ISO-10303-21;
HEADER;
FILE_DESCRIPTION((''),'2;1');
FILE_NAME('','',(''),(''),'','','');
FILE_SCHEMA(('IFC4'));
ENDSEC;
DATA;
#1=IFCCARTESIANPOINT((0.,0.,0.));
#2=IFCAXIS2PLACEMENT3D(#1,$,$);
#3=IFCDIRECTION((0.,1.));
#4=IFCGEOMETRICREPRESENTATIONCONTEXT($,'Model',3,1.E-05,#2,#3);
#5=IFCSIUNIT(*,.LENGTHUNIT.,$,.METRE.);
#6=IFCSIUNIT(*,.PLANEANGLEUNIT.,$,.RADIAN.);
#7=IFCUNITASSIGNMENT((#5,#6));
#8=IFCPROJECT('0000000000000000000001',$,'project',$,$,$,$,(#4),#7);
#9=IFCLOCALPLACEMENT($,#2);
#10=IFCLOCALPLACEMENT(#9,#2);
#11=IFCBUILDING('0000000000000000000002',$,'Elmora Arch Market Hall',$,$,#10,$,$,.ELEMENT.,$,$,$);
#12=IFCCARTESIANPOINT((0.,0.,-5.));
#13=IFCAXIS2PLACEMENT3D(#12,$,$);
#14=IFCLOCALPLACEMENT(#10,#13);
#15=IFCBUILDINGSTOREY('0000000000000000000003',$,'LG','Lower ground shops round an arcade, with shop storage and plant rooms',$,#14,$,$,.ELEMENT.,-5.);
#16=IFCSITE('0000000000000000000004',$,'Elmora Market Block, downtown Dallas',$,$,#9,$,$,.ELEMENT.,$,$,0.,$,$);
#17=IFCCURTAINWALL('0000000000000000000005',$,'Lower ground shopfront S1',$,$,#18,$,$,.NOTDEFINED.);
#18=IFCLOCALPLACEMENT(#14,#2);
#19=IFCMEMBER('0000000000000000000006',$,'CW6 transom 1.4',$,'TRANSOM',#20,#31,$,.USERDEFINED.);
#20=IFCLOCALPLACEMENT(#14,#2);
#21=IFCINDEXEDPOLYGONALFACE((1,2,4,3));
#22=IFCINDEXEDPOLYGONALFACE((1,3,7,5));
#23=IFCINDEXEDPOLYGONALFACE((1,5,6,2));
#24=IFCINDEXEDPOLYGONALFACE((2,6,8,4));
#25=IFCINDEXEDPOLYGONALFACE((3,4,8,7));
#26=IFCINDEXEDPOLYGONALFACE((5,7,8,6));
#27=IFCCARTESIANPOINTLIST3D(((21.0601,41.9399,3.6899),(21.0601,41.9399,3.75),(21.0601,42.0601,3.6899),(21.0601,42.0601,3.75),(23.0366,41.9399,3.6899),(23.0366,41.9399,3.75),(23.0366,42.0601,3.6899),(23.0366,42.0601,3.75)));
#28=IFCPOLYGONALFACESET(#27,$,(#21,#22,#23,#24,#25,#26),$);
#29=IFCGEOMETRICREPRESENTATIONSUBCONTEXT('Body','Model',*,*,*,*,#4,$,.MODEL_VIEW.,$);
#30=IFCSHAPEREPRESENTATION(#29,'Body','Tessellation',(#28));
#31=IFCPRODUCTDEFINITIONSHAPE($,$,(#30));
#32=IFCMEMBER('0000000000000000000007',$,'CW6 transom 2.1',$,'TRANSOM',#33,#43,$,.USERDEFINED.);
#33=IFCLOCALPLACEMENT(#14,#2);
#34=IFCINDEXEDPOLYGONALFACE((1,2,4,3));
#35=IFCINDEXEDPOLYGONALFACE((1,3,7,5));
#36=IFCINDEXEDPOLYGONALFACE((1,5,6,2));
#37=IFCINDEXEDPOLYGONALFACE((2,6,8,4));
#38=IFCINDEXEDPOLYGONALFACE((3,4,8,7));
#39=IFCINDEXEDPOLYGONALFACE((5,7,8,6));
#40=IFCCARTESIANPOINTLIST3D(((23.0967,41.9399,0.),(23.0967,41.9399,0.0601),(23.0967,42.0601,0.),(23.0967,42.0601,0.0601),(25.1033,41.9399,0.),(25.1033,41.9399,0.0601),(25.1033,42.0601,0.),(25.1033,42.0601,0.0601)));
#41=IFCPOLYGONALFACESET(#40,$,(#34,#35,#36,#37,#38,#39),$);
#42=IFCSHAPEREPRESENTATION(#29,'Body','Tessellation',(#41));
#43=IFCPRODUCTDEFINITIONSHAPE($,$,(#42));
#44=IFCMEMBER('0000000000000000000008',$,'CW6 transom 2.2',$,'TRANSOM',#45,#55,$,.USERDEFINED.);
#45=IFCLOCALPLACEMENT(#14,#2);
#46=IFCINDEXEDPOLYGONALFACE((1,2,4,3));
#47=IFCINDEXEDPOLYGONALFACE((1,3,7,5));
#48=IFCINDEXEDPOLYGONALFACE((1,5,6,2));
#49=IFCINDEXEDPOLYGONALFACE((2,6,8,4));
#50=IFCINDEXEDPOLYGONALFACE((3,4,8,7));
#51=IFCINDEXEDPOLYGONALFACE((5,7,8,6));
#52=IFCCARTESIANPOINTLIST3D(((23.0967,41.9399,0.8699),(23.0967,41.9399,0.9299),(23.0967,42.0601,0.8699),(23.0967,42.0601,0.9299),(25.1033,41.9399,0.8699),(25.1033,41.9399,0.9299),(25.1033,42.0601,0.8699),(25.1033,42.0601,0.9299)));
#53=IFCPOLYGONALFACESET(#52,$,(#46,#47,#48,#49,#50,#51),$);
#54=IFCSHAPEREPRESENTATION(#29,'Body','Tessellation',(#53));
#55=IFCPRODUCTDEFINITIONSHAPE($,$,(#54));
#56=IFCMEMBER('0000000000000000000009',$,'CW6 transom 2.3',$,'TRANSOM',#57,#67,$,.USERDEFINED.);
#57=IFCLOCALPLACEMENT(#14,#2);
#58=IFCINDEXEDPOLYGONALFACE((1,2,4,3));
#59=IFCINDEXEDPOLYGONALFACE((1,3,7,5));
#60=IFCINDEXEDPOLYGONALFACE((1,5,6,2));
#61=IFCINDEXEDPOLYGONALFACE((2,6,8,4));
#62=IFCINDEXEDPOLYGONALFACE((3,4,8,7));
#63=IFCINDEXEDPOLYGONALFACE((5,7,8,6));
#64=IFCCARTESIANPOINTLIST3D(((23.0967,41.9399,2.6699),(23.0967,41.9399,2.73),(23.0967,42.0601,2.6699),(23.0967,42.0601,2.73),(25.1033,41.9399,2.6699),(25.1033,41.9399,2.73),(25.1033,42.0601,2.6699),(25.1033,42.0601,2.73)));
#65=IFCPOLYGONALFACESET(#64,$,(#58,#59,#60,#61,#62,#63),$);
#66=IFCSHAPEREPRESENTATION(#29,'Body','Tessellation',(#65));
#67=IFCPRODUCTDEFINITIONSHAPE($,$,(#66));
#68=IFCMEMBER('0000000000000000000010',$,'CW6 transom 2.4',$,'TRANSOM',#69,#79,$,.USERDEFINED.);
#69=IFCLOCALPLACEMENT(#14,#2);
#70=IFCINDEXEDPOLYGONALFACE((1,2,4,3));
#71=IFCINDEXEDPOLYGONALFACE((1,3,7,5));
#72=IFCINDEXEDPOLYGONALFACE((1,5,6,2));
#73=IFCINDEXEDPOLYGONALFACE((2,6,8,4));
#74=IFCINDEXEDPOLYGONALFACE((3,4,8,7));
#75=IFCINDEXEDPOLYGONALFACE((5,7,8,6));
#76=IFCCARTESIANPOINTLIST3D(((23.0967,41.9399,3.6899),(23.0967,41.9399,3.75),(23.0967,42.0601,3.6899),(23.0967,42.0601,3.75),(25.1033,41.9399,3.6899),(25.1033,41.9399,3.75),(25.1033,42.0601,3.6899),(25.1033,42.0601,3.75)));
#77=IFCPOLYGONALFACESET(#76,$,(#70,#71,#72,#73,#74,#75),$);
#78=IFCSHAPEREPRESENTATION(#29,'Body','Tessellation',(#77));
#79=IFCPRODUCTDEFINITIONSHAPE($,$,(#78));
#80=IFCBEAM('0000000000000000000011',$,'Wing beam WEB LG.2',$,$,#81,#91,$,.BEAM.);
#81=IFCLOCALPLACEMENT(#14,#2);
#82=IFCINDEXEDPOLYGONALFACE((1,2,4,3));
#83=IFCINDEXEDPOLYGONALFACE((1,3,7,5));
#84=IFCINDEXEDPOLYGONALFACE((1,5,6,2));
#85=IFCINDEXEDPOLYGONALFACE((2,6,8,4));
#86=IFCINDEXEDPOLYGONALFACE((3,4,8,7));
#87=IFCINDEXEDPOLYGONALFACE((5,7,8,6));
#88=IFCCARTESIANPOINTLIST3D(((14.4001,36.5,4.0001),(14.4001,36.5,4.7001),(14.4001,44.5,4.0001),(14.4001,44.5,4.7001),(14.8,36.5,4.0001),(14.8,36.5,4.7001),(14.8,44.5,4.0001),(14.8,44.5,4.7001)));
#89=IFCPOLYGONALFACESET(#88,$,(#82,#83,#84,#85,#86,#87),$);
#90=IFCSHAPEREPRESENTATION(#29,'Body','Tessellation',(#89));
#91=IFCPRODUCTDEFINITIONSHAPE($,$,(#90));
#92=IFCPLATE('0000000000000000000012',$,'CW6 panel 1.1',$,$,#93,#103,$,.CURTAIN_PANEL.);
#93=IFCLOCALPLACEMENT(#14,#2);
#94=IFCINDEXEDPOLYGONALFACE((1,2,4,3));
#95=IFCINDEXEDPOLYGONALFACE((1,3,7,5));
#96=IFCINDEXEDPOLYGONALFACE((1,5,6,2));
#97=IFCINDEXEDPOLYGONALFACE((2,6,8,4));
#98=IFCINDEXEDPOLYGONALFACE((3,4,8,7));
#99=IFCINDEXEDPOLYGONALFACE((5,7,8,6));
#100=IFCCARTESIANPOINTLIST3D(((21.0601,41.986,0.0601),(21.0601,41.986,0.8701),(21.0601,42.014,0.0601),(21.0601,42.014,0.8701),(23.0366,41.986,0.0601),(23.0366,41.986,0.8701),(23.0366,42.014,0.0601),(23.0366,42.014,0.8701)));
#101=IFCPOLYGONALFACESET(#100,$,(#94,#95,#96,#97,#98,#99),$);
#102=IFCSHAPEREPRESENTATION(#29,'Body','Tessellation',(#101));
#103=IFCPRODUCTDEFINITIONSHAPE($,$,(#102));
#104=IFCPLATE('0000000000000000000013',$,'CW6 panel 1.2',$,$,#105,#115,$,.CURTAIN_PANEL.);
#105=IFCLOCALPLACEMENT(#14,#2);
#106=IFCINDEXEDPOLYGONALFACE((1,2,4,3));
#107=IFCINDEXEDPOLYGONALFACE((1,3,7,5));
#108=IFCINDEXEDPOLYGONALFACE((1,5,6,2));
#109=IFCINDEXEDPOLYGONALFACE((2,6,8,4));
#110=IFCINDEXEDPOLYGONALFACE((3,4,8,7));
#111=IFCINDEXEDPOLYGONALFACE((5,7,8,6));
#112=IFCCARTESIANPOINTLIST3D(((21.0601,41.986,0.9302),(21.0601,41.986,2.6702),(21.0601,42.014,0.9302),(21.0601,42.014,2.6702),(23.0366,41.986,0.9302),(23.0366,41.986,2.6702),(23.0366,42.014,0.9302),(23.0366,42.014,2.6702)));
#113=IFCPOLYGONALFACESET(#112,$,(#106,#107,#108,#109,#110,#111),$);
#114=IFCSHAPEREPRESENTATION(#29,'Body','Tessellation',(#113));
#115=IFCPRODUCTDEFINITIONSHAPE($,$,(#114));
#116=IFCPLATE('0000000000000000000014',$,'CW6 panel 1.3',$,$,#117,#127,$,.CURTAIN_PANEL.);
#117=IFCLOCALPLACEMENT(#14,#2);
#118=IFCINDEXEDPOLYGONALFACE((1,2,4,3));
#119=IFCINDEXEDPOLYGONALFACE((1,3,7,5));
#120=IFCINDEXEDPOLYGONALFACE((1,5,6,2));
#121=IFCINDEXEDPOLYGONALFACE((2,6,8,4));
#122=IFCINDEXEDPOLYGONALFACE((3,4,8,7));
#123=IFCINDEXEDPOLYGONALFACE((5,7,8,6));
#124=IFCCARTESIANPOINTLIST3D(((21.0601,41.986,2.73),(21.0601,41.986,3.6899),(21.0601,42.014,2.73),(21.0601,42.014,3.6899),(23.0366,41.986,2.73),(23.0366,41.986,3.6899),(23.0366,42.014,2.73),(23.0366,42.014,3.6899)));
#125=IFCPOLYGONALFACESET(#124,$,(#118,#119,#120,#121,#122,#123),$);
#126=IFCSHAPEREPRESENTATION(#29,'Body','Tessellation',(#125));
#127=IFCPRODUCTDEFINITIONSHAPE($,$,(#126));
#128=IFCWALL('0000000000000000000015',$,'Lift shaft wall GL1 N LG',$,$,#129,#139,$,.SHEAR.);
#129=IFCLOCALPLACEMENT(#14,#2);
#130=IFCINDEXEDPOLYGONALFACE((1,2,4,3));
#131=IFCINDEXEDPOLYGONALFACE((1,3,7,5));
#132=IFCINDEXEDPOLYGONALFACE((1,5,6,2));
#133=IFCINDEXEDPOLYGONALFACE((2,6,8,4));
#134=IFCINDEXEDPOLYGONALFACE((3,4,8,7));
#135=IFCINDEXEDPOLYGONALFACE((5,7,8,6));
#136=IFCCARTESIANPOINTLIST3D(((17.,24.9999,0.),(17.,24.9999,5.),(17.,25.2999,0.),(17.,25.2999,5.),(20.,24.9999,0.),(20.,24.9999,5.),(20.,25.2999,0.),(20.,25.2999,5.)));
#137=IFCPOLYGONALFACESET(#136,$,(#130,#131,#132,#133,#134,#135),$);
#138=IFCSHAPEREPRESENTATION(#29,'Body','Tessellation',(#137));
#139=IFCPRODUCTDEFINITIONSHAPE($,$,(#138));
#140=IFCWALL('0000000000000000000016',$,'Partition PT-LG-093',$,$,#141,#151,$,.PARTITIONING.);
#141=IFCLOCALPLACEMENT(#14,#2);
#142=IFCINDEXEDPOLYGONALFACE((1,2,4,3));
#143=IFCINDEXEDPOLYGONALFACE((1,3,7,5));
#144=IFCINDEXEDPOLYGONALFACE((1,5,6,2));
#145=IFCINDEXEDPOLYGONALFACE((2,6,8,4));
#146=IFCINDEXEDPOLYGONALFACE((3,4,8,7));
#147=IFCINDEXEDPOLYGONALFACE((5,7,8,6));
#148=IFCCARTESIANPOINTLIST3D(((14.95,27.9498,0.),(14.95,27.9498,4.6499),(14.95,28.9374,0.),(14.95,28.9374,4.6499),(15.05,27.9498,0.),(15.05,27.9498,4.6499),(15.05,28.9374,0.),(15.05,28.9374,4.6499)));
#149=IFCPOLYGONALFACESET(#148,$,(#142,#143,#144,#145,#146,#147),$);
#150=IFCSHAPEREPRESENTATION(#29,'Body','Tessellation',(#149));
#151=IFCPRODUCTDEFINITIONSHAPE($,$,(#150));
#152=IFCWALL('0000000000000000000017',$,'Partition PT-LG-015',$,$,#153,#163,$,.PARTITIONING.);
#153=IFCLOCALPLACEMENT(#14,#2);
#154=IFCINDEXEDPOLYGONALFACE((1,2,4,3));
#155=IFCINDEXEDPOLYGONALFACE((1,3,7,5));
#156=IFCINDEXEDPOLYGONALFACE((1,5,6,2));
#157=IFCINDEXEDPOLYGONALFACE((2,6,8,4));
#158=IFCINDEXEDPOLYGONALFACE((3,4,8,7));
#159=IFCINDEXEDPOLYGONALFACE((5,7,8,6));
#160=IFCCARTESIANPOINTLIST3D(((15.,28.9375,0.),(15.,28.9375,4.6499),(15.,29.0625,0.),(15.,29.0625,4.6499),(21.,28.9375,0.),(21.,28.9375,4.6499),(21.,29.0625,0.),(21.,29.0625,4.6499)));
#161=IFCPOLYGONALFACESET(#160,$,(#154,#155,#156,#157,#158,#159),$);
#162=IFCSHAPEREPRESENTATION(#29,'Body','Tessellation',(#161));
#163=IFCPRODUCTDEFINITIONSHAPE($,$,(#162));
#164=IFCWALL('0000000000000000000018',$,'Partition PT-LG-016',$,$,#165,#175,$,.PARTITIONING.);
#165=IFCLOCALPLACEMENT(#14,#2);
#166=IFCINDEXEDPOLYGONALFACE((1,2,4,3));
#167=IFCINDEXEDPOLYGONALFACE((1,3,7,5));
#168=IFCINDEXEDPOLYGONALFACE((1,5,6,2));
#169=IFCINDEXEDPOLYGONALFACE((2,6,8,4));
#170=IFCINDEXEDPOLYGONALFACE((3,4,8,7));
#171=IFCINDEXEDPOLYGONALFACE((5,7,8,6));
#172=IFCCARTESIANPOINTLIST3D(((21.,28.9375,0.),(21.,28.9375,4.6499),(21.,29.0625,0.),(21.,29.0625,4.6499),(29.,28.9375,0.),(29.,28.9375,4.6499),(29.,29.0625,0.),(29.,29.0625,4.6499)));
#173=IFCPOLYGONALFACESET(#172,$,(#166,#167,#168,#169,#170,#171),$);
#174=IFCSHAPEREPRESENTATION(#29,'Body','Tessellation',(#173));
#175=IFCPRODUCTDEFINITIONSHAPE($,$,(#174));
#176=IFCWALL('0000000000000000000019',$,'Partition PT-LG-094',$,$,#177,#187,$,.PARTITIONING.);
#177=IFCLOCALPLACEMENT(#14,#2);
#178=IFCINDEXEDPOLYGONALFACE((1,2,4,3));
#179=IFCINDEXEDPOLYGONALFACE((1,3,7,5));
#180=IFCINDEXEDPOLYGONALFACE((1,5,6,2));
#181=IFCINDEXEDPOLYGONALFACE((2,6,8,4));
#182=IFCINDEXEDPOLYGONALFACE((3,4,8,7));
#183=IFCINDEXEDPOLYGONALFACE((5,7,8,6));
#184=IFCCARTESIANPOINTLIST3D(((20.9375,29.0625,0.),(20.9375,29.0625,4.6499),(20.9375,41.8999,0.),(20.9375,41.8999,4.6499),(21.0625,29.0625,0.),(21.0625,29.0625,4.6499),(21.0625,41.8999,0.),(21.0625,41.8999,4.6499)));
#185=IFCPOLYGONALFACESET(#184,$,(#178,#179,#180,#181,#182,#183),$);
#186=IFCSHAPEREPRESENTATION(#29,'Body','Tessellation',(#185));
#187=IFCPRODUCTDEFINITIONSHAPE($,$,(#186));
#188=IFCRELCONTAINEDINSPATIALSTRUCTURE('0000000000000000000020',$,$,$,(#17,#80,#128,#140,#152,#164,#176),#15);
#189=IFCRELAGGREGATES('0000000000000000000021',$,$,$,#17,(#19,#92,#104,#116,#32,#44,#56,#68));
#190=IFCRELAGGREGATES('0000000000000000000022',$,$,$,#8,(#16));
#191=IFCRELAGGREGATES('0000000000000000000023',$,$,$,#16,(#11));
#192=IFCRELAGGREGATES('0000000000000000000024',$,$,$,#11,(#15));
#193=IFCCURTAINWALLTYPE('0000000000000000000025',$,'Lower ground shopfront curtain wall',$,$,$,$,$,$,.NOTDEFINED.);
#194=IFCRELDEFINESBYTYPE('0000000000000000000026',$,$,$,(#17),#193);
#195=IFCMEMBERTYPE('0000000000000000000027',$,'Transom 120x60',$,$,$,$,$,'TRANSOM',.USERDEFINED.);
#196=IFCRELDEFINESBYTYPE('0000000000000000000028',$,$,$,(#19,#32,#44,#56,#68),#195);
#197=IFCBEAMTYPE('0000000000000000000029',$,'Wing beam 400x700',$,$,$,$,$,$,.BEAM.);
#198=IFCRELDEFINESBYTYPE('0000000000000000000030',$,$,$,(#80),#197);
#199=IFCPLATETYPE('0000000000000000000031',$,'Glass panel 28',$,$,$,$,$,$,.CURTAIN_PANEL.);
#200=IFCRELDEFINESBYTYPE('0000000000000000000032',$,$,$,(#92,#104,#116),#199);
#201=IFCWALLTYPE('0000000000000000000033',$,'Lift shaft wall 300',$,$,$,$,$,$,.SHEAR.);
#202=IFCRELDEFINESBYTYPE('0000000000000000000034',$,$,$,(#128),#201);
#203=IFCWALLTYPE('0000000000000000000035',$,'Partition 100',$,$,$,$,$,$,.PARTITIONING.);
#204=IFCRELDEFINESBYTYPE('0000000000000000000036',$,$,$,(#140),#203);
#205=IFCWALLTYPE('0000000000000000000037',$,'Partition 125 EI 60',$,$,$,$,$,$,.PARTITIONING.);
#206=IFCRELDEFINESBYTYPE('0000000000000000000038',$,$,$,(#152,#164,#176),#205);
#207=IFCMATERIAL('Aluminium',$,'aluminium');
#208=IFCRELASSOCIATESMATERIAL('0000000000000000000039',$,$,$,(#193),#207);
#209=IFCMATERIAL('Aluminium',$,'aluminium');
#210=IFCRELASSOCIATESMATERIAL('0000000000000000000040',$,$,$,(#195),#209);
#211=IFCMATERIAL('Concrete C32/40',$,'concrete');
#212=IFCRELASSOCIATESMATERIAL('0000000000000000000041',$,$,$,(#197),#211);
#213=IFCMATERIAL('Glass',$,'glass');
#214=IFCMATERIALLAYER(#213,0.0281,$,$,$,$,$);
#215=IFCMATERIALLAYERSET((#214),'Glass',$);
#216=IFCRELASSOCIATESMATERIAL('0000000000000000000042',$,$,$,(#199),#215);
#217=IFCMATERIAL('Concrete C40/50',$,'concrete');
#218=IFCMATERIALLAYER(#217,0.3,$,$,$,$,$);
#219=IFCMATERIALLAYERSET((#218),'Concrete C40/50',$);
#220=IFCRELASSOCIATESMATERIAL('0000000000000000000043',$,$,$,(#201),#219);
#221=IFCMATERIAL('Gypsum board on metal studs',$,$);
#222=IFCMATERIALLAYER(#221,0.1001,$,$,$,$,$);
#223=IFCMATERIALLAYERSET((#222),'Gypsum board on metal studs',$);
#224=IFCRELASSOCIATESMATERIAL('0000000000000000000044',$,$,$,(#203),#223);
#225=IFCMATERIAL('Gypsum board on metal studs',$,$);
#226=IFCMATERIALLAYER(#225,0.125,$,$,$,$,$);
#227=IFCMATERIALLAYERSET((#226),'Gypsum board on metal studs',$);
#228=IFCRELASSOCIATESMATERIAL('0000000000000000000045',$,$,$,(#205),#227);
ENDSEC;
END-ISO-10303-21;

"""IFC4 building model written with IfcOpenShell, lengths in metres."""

from ifc_helpers import new_model, si_unit, direction, frame, frame_2d, origin, origin_2d, place, context, subcontext, project, spatial, rectangle, extrude, material, layer, layer_set, material_profile, profile_set, type_object, element, aggregate, save


model = new_model("IFC4")

# Units and contexts
model_context = context("Model", 3, precision=1e-05, world=origin(), true_north=direction((0.0, 1.0)))
body_context = subcontext(model_context, "Body", "Model", "MODEL_VIEW")
ifc_project = project(units=[si_unit("LENGTHUNIT", "METRE"), si_unit("PLANEANGLEUNIT", "RADIAN")], contexts=[model_context])

# Site, building, storey
site_placement = place(None, origin())
site = spatial("IfcSite", under=ifc_project, at=site_placement, Name="Elmora Market Block, downtown Dallas", CompositionType="ELEMENT", RefElevation=0.0)
building_placement = place(site_placement, origin())
building = spatial("IfcBuilding", under=site, at=building_placement, Name="Elmora Arch Market Hall", CompositionType="ELEMENT")
storey_placement = place(building_placement, frame((0.0, 0.0, -5.0)))
storey = spatial("IfcBuildingStorey", under=building, at=storey_placement, Name="LG", Description="Lower ground shops round an arcade, with shop storage and plant rooms", CompositionType="ELEMENT", Elevation=-5.0)

# Curtain wall, members
ifc_material_1 = material(Name="Aluminium", Category="aluminium")
curtain_wall_type = type_object("IfcCurtainWallType", Name="Lower ground shopfront curtain wall", PredefinedType="NOTDEFINED", material=ifc_material_1)
curtain_wall_placement = place(storey_placement, origin())
curtain_wall = element("IfcCurtainWall", 1, at=curtain_wall_placement, inside=storey, type_object=curtain_wall_type, Name="Lower ground shopfront S1", PredefinedType="NOTDEFINED")
ifc_material_2 = material(Name="Aluminium", Category="aluminium")
ifc_material_profile_1 = material_profile(ifc_material_2, rectangle(XDim=0.1201, YDim=0.0601, at=origin_2d()), Name="AL 120x60")
ifc_profile_set_1 = profile_set([ifc_material_profile_1], Name="Aluminium")
member_type_1 = type_object("IfcMemberType", Name="Transom 120x60", ElementType="TRANSOM", PredefinedType="USERDEFINED", material=ifc_profile_set_1)
member_1_placement = place(storey_placement, frame((21.0601, 42.0, 3.72), z_axis=(1.0, 0.0, 0.0), x_axis=(0.0, 1.0, 0.0)))
member_1 = element("IfcMember", 2, at=member_1_placement, type_object=member_type_1, Name="CW6 transom 1.4", ObjectType="TRANSOM", PredefinedType="USERDEFINED", context=body_context, shape_type="SweptSolid", body=[
    extrude(rectangle(XDim=0.1201, YDim=0.0601, at=origin_2d()), origin(), (0.0, 0.0, 1.0), 1.9766),
])
member_2_placement = place(storey_placement, frame((23.0967, 42.0, 0.03), z_axis=(1.0, 0.0, 0.0), x_axis=(0.0, 1.0, 0.0)))
member_2 = element("IfcMember", 3, at=member_2_placement, type_object=member_type_1, Name="CW6 transom 2.1", ObjectType="TRANSOM", PredefinedType="USERDEFINED", context=body_context, shape_type="SweptSolid", body=[
    extrude(rectangle(XDim=0.1201, YDim=0.0601, at=origin_2d()), origin(), (0.0, 0.0, 1.0), 2.0066),
])
member_3_placement = place(storey_placement, frame((23.0967, 42.0, 0.8999), z_axis=(1.0, 0.0, 0.0), x_axis=(0.0, 1.0, 0.0)))
member_3 = element("IfcMember", 4, at=member_3_placement, type_object=member_type_1, Name="CW6 transom 2.2", ObjectType="TRANSOM", PredefinedType="USERDEFINED", context=body_context, shape_type="SweptSolid", body=[
    extrude(rectangle(XDim=0.1201, YDim=0.0601, at=origin_2d()), origin(), (0.0, 0.0, 1.0), 2.0066),
])
member_4_placement = place(storey_placement, frame((23.0967, 42.0, 2.7), z_axis=(1.0, 0.0, 0.0), x_axis=(0.0, 1.0, 0.0)))
member_4 = element("IfcMember", 5, at=member_4_placement, type_object=member_type_1, Name="CW6 transom 2.3", ObjectType="TRANSOM", PredefinedType="USERDEFINED", context=body_context, shape_type="SweptSolid", body=[
    extrude(rectangle(XDim=0.1201, YDim=0.0601, at=origin_2d()), origin(), (0.0, 0.0, 1.0), 2.0066),
])
member_5_placement = place(storey_placement, frame((23.0967, 42.0, 3.72), z_axis=(1.0, 0.0, 0.0), x_axis=(0.0, 1.0, 0.0)))
member_5 = element("IfcMember", 6, at=member_5_placement, type_object=member_type_1, Name="CW6 transom 2.4", ObjectType="TRANSOM", PredefinedType="USERDEFINED", context=body_context, shape_type="SweptSolid", body=[
    extrude(rectangle(XDim=0.1201, YDim=0.0601, at=origin_2d()), origin(), (0.0, 0.0, 1.0), 2.0066),
])

# Beam
ifc_material_3 = material(Name="Concrete C32/40", Category="concrete")
ifc_material_profile_2 = material_profile(ifc_material_3, rectangle(XDim=0.3999, YDim=0.7, at=origin_2d()), Name="Wing beam 400x700")
ifc_profile_set_2 = profile_set([ifc_material_profile_2], Name="Concrete C32/40")
beam_type_1 = type_object("IfcBeamType", Name="Wing beam 400x700", PredefinedType="BEAM", material=ifc_profile_set_2)
beam_1_placement = place(storey_placement, frame((14.6001, 36.5, 4.3501), z_axis=(0.0, 1.0, 0.0), x_axis=(-1.0, 0.0, 0.0)))
element("IfcBeam", 7, at=beam_1_placement, inside=storey, type_object=beam_type_1, Name="Wing beam WEB LG.2", PredefinedType="BEAM", context=body_context, shape_type="SweptSolid", body=[
    extrude(rectangle(XDim=0.3999, YDim=0.7, at=origin_2d()), origin(), (0.0, 0.0, 1.0), 8.0),
])

# Plates
ifc_material_4 = material(Name="Glass", Category="glass")
ifc_layer_1 = layer(ifc_material_4, 0.0281)
ifc_layer_set_1 = layer_set([ifc_layer_1], Name="Glass")
plate_type = type_object("IfcPlateType", Name="Glass panel 28", PredefinedType="CURTAIN_PANEL", material=ifc_layer_set_1)
plate_1_placement = place(storey_placement, frame((22.0483, 42.0, 0.0601), z_axis=(0.0, 0.0, 1.0), x_axis=(1.0, 0.0, 0.0)))
plate_1 = element("IfcPlate", 8, at=plate_1_placement, type_object=plate_type, Name="CW6 panel 1.1", PredefinedType="CURTAIN_PANEL", context=body_context, shape_type="SweptSolid", body=[
    extrude(rectangle(XDim=1.9766, YDim=0.0281, at=origin_2d()), origin(), (0.0, 0.0, 1.0), 0.8101),
])
plate_2_placement = place(storey_placement, frame((22.0483, 42.0, 0.9302), z_axis=(0.0, 0.0, 1.0), x_axis=(1.0, 0.0, 0.0)))
plate_2 = element("IfcPlate", 9, at=plate_2_placement, type_object=plate_type, Name="CW6 panel 1.2", PredefinedType="CURTAIN_PANEL", context=body_context, shape_type="SweptSolid", body=[
    extrude(rectangle(XDim=1.9766, YDim=0.0281, at=origin_2d()), origin(), (0.0, 0.0, 1.0), 1.74),
])
plate_3_placement = place(storey_placement, frame((22.0483, 42.0, 2.73), z_axis=(0.0, 0.0, 1.0), x_axis=(1.0, 0.0, 0.0)))
plate_3 = element("IfcPlate", 10, at=plate_3_placement, type_object=plate_type, Name="CW6 panel 1.3", PredefinedType="CURTAIN_PANEL", context=body_context, shape_type="SweptSolid", body=[
    extrude(rectangle(XDim=1.9766, YDim=0.0281, at=origin_2d()), origin(), (0.0, 0.0, 1.0), 0.96),
])
aggregate(curtain_wall, [member_1, plate_1, plate_2, plate_3, member_2, member_3, member_4, member_5])

# Walls
ifc_material_5 = material(Name="Concrete C40/50", Category="concrete")
ifc_layer_2 = layer(ifc_material_5, 0.3)
ifc_layer_set_2 = layer_set([ifc_layer_2], Name="Concrete C40/50")
wall_type_1 = type_object("IfcWallType", Name="Lift shaft wall 300", PredefinedType="SHEAR", material=ifc_layer_set_2)
wall_1_placement = place(storey_placement, frame((17.0, 25.1499, 0.0), z_axis=(0.0, 0.0, 1.0), x_axis=(1.0, 0.0, 0.0)))
element("IfcWall", 11, at=wall_1_placement, inside=storey, type_object=wall_type_1, Name="Lift shaft wall GL1 N LG", PredefinedType="SHEAR", context=body_context, shape_type="SweptSolid", body=[
    extrude(rectangle(XDim=3.0, YDim=0.3, at=frame_2d((1.5, 0.0))), origin(), (0.0, 0.0, 1.0), 5.0),
])
ifc_material_6 = material(Name="Gypsum board on metal studs")
ifc_layer_3 = layer(ifc_material_6, 0.1001)
ifc_layer_set_3 = layer_set([ifc_layer_3], Name="Gypsum board on metal studs")
wall_type_2 = type_object("IfcWallType", Name="Partition 100", PredefinedType="PARTITIONING", material=ifc_layer_set_3)
wall_2_placement = place(storey_placement, frame((15.0, 27.95, 0.0), z_axis=(0.0, 0.0, 1.0), x_axis=(0.0, 1.0, 0.0)))
element("IfcWall", 12, at=wall_2_placement, inside=storey, type_object=wall_type_2, Name="Partition PT-LG-093", PredefinedType="PARTITIONING", context=body_context, shape_type="SweptSolid", body=[
    extrude(rectangle(XDim=0.9875, YDim=0.1001, at=frame_2d((0.4937, 0.0))), origin(), (0.0, 0.0, 1.0), 4.6499),
])
ifc_material_7 = material(Name="Gypsum board on metal studs")
ifc_layer_4 = layer(ifc_material_7, 0.125)
ifc_layer_set_4 = layer_set([ifc_layer_4], Name="Gypsum board on metal studs")
wall_type_3 = type_object("IfcWallType", Name="Partition 125 EI 60", PredefinedType="PARTITIONING", material=ifc_layer_set_4)
wall_3_placement = place(storey_placement, frame((15.0, 29.0, 0.0), z_axis=(0.0, 0.0, 1.0), x_axis=(1.0, 0.0, 0.0)))
element("IfcWall", 13, at=wall_3_placement, inside=storey, type_object=wall_type_3, Name="Partition PT-LG-015", PredefinedType="PARTITIONING", context=body_context, shape_type="SweptSolid", body=[
    extrude(rectangle(XDim=6.0, YDim=0.125, at=frame_2d((3.0, 0.0))), origin(), (0.0, 0.0, 1.0), 4.6499),
])
wall_4_placement = place(storey_placement, frame((21.0, 29.0, 0.0), z_axis=(0.0, 0.0, 1.0), x_axis=(1.0, 0.0, 0.0)))
element("IfcWall", 14, at=wall_4_placement, inside=storey, type_object=wall_type_3, Name="Partition PT-LG-016", PredefinedType="PARTITIONING", context=body_context, shape_type="SweptSolid", body=[
    extrude(rectangle(XDim=8.0, YDim=0.125, at=frame_2d((4.0, 0.0))), origin(), (0.0, 0.0, 1.0), 4.6499),
])
wall_5_placement = place(storey_placement, frame((21.0, 29.0625, 0.0), z_axis=(0.0, 0.0, 1.0), x_axis=(0.0, 1.0, 0.0)))
element("IfcWall", 15, at=wall_5_placement, inside=storey, type_object=wall_type_3, Name="Partition PT-LG-094", PredefinedType="PARTITIONING", context=body_context, shape_type="SweptSolid", body=[
    extrude(rectangle(XDim=12.8374, YDim=0.125, at=frame_2d((6.4187, 0.0))), origin(), (0.0, 0.0, 1.0), 4.6499),
])

save(model, "model.ifc")
